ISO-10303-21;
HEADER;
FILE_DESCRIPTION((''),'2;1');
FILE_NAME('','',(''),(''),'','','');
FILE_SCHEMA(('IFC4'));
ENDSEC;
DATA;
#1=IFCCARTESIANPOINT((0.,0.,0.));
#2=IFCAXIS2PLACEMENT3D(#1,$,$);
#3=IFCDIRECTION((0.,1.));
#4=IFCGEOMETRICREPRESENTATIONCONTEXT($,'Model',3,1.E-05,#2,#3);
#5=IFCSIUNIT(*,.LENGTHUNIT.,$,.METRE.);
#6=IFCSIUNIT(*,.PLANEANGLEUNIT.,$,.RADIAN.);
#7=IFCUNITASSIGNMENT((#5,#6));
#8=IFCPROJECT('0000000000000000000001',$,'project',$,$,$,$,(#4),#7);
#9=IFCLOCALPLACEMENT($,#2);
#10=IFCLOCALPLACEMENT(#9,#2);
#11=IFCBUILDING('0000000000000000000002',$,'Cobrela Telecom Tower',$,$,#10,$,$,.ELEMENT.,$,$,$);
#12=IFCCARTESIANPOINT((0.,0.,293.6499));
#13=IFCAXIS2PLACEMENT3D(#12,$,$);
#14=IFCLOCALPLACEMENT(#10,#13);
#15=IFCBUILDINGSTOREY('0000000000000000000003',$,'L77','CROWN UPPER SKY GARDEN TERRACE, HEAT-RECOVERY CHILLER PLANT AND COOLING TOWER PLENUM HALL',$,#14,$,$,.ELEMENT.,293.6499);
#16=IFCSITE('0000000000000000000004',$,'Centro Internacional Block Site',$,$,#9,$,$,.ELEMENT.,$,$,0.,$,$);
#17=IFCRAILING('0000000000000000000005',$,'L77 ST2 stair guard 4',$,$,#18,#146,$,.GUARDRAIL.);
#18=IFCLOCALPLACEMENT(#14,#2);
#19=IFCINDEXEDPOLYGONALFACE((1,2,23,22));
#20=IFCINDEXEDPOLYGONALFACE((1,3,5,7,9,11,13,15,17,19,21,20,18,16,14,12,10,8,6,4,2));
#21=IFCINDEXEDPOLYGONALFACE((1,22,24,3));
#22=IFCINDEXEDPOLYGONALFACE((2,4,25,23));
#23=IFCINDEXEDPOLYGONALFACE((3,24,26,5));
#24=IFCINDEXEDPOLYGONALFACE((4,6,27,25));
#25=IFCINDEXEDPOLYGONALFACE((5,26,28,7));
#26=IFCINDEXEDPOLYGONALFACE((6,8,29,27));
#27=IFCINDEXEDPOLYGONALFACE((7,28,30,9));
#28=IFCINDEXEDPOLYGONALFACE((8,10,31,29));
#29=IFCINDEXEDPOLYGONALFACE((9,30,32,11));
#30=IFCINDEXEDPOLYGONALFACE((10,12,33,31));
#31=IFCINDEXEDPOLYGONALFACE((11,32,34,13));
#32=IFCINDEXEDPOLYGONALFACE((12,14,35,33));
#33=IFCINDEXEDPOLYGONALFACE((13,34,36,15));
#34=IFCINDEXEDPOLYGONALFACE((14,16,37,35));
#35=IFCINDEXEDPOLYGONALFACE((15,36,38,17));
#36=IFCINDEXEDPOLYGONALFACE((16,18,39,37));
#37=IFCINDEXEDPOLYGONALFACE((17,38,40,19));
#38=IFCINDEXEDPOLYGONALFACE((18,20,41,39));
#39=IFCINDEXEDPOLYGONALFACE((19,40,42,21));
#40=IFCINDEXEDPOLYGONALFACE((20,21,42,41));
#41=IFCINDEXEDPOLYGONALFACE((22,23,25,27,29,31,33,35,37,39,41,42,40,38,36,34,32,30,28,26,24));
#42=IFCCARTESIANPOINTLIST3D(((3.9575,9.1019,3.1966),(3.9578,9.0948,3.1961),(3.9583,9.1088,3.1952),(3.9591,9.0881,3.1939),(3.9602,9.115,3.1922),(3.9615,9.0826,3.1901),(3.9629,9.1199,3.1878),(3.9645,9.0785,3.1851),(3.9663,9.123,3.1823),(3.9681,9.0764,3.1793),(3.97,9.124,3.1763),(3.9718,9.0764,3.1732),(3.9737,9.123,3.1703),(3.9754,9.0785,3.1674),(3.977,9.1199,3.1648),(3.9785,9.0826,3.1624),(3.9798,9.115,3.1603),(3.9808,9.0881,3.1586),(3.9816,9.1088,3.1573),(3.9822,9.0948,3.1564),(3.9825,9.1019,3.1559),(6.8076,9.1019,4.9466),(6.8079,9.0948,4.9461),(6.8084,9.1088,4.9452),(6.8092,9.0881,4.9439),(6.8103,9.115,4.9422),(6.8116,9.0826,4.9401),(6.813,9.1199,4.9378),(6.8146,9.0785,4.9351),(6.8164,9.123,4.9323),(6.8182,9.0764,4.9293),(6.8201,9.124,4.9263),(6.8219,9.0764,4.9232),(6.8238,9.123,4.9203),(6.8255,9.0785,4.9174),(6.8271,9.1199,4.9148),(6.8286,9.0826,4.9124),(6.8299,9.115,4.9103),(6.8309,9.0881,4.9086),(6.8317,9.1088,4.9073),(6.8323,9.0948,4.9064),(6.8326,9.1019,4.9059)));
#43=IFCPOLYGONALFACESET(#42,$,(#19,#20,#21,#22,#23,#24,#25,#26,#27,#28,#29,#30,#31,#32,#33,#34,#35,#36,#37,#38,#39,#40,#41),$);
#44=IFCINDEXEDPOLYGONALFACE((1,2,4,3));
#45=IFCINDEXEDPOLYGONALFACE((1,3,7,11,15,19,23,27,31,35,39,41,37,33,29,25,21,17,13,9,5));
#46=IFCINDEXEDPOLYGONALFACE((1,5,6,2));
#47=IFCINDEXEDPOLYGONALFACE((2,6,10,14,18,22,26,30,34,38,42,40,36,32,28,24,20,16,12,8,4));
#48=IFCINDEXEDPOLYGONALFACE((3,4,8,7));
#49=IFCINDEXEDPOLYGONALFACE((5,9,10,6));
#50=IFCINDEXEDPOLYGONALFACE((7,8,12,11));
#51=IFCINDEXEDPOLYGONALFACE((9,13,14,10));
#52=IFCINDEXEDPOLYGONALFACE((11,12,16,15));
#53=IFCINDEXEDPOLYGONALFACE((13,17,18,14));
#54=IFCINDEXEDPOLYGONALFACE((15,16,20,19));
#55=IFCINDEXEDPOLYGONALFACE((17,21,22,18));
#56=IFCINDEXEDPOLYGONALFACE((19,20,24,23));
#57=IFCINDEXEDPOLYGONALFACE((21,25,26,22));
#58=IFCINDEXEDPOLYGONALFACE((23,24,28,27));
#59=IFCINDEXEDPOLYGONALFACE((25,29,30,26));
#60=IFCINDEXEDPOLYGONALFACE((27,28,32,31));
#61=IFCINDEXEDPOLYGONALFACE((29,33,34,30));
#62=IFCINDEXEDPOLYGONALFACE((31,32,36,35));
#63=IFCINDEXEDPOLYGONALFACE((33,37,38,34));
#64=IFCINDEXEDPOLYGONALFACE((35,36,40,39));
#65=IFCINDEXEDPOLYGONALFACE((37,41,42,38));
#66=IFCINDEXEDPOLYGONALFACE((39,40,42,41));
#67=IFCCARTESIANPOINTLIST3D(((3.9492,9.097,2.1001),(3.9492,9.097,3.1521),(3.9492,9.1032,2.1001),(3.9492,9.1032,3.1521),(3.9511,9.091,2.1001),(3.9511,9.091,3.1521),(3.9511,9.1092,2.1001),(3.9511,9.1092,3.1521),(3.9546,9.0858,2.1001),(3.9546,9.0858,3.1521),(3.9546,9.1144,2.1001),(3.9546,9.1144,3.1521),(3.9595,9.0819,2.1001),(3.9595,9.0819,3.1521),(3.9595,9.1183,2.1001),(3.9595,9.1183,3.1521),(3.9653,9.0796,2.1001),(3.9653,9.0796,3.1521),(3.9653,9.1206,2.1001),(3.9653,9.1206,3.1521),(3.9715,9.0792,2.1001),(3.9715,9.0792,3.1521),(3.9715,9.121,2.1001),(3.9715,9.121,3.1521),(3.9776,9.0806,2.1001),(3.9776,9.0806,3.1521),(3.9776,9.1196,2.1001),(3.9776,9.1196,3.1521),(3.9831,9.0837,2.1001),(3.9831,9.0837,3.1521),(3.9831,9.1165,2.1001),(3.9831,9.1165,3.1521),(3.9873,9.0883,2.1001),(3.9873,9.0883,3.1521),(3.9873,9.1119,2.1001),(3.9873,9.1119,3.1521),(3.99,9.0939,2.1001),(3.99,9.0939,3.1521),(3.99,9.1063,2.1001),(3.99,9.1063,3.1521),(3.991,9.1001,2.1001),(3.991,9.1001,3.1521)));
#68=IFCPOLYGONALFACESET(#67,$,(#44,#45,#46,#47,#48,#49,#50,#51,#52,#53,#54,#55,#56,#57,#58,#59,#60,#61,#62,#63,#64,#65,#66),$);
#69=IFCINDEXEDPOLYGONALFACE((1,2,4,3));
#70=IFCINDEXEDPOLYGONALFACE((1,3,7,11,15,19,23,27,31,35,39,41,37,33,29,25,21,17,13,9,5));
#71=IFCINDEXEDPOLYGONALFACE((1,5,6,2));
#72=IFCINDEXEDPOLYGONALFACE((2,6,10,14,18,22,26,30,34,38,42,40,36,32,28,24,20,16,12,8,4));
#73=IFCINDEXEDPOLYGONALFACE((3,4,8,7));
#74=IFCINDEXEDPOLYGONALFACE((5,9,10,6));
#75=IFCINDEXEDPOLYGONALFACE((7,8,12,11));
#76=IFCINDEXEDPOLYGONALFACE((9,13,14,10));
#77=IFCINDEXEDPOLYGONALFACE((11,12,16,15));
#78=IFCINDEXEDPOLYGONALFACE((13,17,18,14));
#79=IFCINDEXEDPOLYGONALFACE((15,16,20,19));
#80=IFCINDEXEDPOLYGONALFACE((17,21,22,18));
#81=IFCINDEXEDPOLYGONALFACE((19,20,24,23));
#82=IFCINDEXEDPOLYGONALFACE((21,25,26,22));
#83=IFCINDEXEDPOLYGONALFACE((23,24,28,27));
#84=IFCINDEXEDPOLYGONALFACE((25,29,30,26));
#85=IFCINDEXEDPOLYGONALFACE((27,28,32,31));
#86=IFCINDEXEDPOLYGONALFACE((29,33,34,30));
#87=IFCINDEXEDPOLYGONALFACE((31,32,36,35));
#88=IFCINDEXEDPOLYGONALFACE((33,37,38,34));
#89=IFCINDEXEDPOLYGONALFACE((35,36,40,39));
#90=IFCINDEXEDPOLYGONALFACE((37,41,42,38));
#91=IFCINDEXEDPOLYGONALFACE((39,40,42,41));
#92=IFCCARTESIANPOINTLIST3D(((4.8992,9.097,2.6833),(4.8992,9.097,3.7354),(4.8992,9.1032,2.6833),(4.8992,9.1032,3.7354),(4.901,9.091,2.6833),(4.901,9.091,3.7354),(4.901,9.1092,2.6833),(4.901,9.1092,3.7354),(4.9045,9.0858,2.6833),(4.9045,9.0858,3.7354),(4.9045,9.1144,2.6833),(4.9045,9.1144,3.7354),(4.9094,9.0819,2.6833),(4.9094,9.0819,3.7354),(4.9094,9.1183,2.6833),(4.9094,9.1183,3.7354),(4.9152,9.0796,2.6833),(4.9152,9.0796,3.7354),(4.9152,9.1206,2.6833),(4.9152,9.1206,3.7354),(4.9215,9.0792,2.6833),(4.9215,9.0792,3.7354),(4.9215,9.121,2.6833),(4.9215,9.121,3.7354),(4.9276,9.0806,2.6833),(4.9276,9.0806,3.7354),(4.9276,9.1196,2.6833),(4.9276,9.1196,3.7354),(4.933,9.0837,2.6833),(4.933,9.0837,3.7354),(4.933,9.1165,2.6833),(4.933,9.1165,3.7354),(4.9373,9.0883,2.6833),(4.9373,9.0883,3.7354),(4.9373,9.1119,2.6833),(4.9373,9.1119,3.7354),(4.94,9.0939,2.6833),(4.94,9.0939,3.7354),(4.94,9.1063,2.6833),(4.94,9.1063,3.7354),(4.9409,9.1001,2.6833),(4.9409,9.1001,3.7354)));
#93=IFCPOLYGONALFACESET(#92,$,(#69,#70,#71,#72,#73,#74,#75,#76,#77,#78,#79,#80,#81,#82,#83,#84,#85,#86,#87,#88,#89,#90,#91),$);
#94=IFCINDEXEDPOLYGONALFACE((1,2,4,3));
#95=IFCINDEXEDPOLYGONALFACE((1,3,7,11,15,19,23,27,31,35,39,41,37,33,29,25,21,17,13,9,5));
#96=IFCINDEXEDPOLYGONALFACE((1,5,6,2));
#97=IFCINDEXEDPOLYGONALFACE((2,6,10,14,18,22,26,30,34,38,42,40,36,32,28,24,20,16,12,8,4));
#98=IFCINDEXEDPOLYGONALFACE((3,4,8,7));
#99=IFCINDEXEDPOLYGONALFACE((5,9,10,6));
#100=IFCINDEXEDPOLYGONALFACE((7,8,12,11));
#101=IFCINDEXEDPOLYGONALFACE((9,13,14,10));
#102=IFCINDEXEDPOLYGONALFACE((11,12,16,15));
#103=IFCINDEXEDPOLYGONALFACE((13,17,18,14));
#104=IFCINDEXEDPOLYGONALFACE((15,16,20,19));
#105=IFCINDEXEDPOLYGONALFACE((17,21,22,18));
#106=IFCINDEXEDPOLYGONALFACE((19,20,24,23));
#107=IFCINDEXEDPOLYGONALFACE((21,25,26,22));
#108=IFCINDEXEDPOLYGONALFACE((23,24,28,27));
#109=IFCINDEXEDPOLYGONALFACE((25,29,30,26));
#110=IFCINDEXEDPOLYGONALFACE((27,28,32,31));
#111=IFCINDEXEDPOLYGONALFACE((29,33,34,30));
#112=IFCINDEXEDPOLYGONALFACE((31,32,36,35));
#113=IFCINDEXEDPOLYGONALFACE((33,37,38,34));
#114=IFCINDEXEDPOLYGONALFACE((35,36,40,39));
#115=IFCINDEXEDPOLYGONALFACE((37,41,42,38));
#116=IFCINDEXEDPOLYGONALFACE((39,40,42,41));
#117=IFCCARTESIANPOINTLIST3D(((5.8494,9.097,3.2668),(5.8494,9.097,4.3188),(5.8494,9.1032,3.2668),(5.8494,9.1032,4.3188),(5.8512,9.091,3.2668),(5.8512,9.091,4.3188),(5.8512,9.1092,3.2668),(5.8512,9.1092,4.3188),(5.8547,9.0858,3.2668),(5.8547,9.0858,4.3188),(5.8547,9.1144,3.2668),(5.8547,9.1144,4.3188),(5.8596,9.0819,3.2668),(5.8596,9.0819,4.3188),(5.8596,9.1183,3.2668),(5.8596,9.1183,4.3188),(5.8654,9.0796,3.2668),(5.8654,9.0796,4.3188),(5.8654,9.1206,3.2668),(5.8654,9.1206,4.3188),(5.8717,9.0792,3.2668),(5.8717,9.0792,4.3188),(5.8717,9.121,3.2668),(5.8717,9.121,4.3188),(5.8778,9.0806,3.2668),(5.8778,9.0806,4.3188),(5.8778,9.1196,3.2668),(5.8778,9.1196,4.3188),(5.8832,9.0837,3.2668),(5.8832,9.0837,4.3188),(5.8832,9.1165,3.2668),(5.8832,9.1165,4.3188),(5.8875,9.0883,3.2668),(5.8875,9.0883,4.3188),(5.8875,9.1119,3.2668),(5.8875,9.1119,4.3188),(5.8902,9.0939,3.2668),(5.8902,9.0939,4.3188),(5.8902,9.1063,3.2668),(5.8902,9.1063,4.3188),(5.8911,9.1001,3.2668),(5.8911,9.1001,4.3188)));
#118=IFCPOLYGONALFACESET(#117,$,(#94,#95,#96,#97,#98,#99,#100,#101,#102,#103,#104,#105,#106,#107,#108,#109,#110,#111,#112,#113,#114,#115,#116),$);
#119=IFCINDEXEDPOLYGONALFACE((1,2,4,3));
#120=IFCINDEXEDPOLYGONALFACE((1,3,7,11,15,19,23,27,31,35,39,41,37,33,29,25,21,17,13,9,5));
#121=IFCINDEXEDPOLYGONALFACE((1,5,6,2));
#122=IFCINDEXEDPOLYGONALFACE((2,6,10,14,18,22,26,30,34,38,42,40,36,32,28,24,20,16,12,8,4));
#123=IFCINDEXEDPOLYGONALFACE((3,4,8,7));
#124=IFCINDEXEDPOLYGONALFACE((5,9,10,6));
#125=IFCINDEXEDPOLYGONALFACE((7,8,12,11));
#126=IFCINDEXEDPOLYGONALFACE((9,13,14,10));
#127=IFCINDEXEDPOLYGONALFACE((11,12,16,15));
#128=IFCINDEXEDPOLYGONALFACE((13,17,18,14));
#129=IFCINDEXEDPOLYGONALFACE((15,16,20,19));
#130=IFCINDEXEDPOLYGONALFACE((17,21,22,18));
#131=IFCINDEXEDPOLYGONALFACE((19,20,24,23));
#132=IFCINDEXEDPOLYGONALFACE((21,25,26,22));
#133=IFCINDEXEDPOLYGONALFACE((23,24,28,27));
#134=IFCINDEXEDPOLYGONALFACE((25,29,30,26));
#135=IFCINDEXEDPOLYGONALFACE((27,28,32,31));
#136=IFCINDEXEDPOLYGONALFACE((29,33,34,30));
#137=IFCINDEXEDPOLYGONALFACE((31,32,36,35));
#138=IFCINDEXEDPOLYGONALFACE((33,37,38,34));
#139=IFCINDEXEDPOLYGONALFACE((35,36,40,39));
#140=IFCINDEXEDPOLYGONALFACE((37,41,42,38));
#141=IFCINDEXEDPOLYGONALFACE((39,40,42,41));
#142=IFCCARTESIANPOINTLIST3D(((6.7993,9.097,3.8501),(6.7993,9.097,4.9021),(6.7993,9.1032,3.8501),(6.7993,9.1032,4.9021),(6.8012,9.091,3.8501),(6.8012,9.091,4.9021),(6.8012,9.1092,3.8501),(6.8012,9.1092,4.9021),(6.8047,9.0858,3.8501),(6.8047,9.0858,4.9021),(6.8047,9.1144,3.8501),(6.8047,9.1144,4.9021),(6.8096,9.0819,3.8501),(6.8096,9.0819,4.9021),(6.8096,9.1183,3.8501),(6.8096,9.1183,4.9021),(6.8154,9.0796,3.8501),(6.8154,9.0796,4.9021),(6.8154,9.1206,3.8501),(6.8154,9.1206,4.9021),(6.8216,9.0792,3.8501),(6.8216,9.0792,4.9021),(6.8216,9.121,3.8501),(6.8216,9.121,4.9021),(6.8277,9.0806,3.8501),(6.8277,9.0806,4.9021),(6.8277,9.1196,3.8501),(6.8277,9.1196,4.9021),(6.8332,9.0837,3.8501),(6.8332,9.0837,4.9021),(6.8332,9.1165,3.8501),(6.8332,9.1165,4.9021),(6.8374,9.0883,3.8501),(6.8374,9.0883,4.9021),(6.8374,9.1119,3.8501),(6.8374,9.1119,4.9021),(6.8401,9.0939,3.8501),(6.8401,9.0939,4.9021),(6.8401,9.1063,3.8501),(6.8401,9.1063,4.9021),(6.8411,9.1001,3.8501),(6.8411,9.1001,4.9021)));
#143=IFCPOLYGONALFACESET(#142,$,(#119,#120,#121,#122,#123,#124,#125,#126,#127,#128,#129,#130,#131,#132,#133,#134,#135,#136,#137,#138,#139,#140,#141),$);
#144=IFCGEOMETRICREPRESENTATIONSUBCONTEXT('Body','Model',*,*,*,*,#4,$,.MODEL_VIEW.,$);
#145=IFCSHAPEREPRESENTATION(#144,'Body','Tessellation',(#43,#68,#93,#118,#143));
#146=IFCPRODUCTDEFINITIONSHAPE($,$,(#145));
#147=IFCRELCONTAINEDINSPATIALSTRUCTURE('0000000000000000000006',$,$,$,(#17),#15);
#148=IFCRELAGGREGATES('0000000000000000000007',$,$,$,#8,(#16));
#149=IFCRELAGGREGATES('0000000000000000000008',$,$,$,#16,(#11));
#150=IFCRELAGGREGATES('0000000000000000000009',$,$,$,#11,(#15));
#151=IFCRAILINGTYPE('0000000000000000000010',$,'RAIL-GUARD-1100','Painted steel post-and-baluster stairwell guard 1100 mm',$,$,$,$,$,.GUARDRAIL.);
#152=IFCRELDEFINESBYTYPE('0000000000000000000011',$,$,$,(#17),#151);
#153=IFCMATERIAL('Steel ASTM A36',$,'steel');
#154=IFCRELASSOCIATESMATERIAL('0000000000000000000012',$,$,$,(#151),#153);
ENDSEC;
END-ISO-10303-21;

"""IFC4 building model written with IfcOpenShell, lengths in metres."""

from ifc_helpers import new_model, si_unit, direction, frame, origin, origin_2d, place, context, subcontext, project, spatial, circle, extrude, material, type_object, element, save


model = new_model("IFC4")

# Units and contexts
model_context = context("Model", 3, precision=1e-05, world=origin(), true_north=direction((0.0, 1.0)))
body_context = subcontext(model_context, "Body", "Model", "MODEL_VIEW")
ifc_project = project(units=[si_unit("LENGTHUNIT", "METRE"), si_unit("PLANEANGLEUNIT", "RADIAN")], contexts=[model_context])

# Site, building, storey
site_placement = place(None, origin())
site = spatial("IfcSite", under=ifc_project, at=site_placement, Name="Centro Internacional Block Site", CompositionType="ELEMENT", RefElevation=0.0)
building_placement = place(site_placement, origin())
building = spatial("IfcBuilding", under=site, at=building_placement, Name="Cobrela Telecom Tower", CompositionType="ELEMENT")
storey_placement = place(building_placement, frame((0.0, 0.0, 293.6499)))
storey = spatial("IfcBuildingStorey", under=building, at=storey_placement, Name="L77", Description="CROWN UPPER SKY GARDEN TERRACE, HEAT-RECOVERY CHILLER PLANT AND COOLING TOWER PLENUM HALL", CompositionType="ELEMENT", Elevation=293.6499)

# Shared definitions
ifc_material_1 = material(Name="Steel ASTM A36", Category="steel")

# Railing
railing_type_1 = type_object("IfcRailingType", Name="RAIL-GUARD-1100", Description="Painted steel post-and-baluster stairwell guard 1100 mm", PredefinedType="GUARDRAIL", material=ifc_material_1)
railing_1_placement = place(storey_placement, frame((3.97, 9.1001, 2.1001)))
element("IfcRailing", 1, at=railing_1_placement, inside=storey, type_object=railing_type_1, Name="L77 ST2 stair guard 4", PredefinedType="GUARDRAIL", context=body_context, shape_type="SweptSolid", body=[
    extrude(circle(Radius=0.0239, at=origin_2d()), frame((0.0, 0.0, 1.0762), z_axis=(0.852179, 0.0, 0.52325), x_axis=(0.0, 1.0, 0.0)), (0.0, 0.0, 1.0), 3.3445),
    extrude(circle(Radius=0.021, at=origin_2d()), origin(), (0.0, 0.0, 1.0), 1.052),
    extrude(circle(Radius=0.021, at=origin_2d()), frame((0.95, 0.0, 0.5833)), (0.0, 0.0, 1.0), 1.052),
    extrude(circle(Radius=0.021, at=origin_2d()), frame((1.9001, 0.0, 1.1667)), (0.0, 0.0, 1.0), 1.052),
    extrude(circle(Radius=0.021, at=origin_2d()), frame((2.8501, 0.0, 1.75)), (0.0, 0.0, 1.0), 1.052),
])

save(model, "model.ifc")
